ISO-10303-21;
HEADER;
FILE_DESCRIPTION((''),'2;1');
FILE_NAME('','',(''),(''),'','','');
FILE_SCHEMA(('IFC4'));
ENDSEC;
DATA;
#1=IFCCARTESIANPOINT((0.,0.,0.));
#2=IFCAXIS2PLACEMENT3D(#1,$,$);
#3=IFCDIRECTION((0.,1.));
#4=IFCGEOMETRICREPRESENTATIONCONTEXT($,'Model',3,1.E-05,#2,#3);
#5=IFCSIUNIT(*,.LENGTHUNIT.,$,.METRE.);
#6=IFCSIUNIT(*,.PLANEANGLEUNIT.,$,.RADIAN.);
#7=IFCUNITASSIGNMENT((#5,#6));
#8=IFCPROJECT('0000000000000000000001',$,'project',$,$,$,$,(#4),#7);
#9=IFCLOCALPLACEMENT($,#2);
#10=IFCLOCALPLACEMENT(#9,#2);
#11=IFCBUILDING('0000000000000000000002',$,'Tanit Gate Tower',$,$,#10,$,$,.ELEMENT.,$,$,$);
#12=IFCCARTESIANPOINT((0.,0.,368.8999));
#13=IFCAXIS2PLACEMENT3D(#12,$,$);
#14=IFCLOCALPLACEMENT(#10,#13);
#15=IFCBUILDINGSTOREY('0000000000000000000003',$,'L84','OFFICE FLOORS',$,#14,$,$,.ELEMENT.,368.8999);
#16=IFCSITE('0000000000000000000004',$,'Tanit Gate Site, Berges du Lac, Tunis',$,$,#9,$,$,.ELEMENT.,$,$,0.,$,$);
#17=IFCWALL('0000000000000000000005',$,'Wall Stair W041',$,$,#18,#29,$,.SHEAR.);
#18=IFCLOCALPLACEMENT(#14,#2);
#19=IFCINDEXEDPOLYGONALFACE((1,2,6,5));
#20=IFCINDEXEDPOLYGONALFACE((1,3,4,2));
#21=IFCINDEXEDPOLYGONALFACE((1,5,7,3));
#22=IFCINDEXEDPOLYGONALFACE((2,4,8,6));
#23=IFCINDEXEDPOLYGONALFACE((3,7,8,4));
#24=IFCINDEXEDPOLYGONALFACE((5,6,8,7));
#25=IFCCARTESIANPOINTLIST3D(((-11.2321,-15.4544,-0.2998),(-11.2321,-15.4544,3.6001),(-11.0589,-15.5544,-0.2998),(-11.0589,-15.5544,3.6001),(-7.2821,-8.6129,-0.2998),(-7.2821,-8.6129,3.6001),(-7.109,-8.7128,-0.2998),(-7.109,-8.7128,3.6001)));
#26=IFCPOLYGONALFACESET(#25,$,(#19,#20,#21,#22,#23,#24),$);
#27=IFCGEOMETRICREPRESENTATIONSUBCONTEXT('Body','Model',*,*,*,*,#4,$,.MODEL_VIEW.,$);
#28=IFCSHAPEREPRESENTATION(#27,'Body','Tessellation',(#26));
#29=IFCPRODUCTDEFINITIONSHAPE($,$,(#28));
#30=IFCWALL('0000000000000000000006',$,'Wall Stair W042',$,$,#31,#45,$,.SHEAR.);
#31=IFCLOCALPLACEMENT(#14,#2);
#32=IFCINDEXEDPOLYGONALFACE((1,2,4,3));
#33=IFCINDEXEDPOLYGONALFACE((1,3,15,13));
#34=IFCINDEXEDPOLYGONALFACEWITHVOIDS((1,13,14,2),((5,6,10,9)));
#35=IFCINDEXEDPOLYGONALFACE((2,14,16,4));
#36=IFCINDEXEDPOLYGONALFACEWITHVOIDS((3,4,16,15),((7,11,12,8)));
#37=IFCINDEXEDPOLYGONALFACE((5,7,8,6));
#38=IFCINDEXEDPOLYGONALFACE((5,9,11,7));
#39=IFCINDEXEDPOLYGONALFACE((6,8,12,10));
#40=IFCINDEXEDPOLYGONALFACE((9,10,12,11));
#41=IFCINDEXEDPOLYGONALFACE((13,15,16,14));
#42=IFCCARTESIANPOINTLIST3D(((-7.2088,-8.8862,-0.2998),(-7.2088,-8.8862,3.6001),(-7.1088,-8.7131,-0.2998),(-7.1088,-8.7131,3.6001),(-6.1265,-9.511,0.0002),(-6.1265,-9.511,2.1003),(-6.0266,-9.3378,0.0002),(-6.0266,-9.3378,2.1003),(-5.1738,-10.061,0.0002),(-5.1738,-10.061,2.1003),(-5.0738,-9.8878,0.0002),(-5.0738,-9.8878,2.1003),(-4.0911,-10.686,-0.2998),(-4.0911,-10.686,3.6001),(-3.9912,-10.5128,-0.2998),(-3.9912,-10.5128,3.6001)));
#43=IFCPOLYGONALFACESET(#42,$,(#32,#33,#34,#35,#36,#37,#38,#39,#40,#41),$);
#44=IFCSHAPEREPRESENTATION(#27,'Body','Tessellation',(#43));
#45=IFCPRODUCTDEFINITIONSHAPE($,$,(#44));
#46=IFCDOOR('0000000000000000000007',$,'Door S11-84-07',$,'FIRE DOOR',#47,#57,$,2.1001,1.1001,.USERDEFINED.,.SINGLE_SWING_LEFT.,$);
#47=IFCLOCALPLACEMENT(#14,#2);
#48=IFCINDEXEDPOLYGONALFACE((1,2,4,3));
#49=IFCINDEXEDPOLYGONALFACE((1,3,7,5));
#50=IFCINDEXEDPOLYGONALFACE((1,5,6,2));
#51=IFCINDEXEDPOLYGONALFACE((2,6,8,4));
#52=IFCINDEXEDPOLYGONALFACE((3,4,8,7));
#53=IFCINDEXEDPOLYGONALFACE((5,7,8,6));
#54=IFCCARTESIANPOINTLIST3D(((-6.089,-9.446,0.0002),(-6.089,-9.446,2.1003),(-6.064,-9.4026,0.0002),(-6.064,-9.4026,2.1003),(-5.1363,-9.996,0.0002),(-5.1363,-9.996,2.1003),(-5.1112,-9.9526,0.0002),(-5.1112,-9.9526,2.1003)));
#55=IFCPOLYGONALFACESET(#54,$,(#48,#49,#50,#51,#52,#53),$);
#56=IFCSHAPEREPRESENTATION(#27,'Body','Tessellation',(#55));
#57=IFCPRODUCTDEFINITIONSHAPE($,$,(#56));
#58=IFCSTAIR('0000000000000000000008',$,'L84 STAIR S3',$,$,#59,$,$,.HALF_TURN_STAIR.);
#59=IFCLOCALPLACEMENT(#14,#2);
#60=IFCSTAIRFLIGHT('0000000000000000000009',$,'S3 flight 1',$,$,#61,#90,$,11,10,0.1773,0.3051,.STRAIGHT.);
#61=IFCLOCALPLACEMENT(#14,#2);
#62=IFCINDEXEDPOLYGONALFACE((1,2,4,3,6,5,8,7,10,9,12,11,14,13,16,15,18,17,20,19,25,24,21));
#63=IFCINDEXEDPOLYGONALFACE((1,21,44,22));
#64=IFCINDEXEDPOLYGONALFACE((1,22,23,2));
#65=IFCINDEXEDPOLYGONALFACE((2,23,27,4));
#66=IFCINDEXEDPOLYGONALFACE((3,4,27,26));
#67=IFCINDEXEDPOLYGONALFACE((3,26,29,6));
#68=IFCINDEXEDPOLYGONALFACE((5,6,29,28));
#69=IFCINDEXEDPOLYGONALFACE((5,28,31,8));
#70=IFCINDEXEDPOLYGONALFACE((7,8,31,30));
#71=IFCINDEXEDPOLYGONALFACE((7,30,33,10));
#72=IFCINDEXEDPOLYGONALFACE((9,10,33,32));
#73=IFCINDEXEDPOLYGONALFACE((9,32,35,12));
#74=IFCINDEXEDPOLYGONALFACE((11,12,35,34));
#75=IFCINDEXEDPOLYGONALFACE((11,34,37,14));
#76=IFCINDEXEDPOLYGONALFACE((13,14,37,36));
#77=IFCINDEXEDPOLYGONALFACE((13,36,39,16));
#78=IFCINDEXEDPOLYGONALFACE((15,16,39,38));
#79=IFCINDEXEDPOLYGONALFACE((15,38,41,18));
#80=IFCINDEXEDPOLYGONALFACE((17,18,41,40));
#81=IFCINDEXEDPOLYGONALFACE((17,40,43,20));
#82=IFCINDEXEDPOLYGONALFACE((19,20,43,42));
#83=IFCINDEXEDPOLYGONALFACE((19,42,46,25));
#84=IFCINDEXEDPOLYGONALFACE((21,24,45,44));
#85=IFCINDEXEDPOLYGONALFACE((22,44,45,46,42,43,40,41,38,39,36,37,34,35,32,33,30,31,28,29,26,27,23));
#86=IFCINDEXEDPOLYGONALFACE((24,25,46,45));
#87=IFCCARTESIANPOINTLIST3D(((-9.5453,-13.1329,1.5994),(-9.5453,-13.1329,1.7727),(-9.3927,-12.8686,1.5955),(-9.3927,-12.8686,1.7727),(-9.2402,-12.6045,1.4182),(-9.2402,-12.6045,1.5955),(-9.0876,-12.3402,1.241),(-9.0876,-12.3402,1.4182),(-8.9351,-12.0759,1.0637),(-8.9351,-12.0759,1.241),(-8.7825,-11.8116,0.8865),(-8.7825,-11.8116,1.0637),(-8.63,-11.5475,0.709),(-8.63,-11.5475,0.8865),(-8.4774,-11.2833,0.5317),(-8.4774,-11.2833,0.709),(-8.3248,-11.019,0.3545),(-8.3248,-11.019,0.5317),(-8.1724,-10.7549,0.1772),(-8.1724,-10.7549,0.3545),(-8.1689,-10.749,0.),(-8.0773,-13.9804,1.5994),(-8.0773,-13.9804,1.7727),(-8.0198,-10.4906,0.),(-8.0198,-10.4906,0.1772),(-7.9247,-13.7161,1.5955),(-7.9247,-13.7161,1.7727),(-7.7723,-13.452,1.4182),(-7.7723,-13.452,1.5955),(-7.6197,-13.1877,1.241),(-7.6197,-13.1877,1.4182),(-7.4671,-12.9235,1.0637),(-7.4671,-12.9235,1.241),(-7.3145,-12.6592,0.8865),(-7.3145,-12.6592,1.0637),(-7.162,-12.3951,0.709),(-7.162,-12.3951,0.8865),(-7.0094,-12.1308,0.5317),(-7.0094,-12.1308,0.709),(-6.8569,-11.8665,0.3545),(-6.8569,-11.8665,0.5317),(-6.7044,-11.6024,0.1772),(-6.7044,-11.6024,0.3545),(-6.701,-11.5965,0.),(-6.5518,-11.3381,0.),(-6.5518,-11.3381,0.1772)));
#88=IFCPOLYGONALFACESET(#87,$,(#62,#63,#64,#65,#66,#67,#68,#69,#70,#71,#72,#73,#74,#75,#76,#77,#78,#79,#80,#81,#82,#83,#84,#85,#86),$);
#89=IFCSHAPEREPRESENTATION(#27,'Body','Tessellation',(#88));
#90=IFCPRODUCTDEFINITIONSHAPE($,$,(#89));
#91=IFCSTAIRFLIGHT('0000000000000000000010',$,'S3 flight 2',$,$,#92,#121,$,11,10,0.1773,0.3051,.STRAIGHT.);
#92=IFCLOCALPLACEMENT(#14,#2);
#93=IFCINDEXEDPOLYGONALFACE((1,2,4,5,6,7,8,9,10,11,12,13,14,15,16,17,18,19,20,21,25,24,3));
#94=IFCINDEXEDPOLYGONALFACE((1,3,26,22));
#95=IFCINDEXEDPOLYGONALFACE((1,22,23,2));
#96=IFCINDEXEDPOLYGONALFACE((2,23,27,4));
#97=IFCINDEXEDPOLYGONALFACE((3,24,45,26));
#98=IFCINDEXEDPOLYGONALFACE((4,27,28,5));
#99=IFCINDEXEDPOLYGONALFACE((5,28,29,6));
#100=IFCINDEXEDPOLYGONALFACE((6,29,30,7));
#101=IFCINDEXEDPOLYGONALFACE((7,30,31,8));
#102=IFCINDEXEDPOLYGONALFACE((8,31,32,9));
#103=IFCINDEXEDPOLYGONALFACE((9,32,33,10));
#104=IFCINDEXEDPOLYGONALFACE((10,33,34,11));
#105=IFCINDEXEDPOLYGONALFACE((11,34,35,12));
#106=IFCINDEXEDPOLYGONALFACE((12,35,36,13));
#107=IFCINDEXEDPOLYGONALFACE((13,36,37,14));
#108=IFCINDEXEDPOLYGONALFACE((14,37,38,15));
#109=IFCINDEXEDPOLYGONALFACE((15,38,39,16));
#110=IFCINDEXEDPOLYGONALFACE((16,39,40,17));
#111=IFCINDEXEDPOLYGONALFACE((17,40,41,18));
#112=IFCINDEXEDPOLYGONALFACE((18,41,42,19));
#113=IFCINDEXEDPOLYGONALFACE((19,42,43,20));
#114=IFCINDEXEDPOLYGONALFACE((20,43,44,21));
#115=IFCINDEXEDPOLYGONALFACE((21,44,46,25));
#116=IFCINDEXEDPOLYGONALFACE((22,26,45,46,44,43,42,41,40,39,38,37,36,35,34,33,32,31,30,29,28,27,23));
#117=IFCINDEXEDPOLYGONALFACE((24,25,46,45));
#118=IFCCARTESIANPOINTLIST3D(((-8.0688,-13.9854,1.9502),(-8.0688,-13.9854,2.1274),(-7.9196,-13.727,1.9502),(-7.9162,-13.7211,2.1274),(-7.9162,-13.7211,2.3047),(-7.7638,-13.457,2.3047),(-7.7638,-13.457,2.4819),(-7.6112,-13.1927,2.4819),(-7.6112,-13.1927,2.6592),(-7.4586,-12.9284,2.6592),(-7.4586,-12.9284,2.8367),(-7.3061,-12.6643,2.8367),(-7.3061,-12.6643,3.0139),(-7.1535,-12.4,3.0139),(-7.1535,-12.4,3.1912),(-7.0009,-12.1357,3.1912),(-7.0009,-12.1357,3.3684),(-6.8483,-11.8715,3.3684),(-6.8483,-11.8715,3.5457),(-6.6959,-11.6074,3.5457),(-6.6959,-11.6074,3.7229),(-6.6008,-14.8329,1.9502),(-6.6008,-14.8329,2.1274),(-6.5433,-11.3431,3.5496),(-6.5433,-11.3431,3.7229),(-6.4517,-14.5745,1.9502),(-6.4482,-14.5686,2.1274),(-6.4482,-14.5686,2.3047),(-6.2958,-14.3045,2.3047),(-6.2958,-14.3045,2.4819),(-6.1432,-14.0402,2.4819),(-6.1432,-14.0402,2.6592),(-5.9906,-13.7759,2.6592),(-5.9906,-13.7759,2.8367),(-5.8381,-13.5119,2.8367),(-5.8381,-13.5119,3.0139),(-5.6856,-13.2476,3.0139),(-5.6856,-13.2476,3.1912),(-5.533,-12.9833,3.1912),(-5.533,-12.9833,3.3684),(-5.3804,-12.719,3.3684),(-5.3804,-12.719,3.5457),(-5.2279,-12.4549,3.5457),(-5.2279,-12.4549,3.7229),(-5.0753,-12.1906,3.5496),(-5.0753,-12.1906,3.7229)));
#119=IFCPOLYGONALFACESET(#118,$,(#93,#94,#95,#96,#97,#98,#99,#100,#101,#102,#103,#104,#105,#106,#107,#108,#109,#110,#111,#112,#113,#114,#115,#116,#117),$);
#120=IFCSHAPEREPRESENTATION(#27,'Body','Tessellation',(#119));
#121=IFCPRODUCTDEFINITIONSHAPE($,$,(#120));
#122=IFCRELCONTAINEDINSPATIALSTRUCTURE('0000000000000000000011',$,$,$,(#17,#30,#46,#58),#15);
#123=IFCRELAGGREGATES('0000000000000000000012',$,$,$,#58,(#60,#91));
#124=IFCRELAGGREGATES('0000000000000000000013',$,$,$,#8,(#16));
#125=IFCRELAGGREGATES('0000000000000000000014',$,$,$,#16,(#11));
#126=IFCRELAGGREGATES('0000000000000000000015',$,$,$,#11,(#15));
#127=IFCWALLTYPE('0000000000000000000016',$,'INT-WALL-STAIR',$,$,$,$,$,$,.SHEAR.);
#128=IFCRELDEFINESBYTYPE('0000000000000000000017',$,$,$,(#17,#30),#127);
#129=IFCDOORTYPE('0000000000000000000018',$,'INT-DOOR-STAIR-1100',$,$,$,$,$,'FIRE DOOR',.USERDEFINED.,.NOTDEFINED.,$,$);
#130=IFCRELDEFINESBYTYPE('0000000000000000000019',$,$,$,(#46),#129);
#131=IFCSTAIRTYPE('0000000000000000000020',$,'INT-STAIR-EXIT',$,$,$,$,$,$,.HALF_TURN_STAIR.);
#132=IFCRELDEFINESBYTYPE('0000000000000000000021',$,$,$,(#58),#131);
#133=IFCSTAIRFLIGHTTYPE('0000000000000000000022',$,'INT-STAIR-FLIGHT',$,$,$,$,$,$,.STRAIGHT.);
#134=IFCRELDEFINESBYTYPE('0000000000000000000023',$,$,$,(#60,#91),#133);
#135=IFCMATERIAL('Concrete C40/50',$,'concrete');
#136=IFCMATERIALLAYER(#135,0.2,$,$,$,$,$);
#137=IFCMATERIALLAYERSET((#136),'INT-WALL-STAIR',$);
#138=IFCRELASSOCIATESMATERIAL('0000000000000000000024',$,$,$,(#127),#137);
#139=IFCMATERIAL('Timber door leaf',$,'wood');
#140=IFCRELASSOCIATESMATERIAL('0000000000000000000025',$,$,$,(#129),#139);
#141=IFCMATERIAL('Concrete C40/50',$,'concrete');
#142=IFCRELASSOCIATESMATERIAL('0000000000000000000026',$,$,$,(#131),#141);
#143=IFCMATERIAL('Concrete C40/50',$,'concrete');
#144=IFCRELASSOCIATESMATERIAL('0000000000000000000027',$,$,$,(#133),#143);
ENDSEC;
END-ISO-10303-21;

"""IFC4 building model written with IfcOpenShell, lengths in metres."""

from ifc_helpers import new_model, si_unit, direction, frame, frame_2d, origin, place, context, subcontext, project, spatial, polyline, rectangle, outline, extrude, material, layer, layer_set, type_object, element, fill, aggregate, save


model = new_model("IFC4")

# Units and contexts
model_context = context("Model", 3, precision=1e-05, world=origin(), true_north=direction((0.0, 1.0)))
body_context = subcontext(model_context, "Body", "Model", "MODEL_VIEW")
ifc_project = project(units=[si_unit("LENGTHUNIT", "METRE"), si_unit("PLANEANGLEUNIT", "RADIAN")], contexts=[model_context])

# Site, building, storey
site_placement = place(None, origin())
site = spatial("IfcSite", under=ifc_project, at=site_placement, Name="Tanit Gate Site, Berges du Lac, Tunis", CompositionType="ELEMENT", RefElevation=0.0)
building_placement = place(site_placement, origin())
building = spatial("IfcBuilding", under=site, at=building_placement, Name="Tanit Gate Tower", CompositionType="ELEMENT")
storey_placement = place(building_placement, frame((0.0, 0.0, 368.8999)))
storey = spatial("IfcBuildingStorey", under=building, at=storey_placement, Name="L84", Description="OFFICE FLOORS", CompositionType="ELEMENT", Elevation=368.8999)

# Wall
ifc_material_1 = material(Name="Concrete C40/50", Category="concrete")
ifc_layer_1 = layer(ifc_material_1, 0.2)
ifc_layer_set_1 = layer_set([ifc_layer_1], Name="INT-WALL-STAIR")
wall_type_1 = type_object("IfcWallType", Name="INT-WALL-STAIR", PredefinedType="SHEAR", material=ifc_layer_set_1)
wall_1_placement = place(storey_placement, frame((-7.1956, -8.6628, -0.2998), z_axis=(0.0, 0.0, 1.0), x_axis=(-0.499998, -0.866027, 0.0)))
element("IfcWall", 1, at=wall_1_placement, inside=storey, type_object=wall_type_1, Name="Wall Stair W041", PredefinedType="SHEAR", context=body_context, shape_type="SweptSolid", body=[
    extrude(rectangle(XDim=7.8999, YDim=0.2, at=frame_2d((3.95, 0.0))), origin(), (0.0, 0.0, 1.0), 3.8999),
])

# Wall, opening, door
wall_2_placement = place(storey_placement, frame((-4.0413, -10.5994, -0.2998), z_axis=(0.0, 0.0, 1.0), x_axis=(-0.866048, 0.499961, 0.0)))
wall_2 = element("IfcWall", 2, at=wall_2_placement, inside=storey, type_object=wall_type_1, Name="Wall Stair W042", PredefinedType="SHEAR", context=body_context, shape_type="SweptSolid", body=[
    extrude(rectangle(XDim=3.5999, YDim=0.2, at=frame_2d((1.7998, 0.0))), origin(), (0.0, 0.0, 1.0), 3.8999),
])
opening_1_placement = place(wall_2_placement, frame((1.25, 0.0, 0.3)))
opening_1 = element("IfcOpeningElement", 3, at=opening_1_placement, cuts=wall_2, PredefinedType="OPENING", context=body_context, shape_type="SweptSolid", body=[
    extrude(rectangle(XDim=1.1001, YDim=2.1001, at=frame_2d((0.55, 1.05))), frame((0.0, 0.1099, 0.0), z_axis=(0.0, -1.0, 0.0), x_axis=(1.0, 0.0, 0.0)), (0.0, 0.0, 1.0), 0.22),
])
ifc_material_2 = material(Name="Timber door leaf", Category="wood")
door_type_1 = type_object("IfcDoorType", Name="INT-DOOR-STAIR-1100", ElementType="FIRE DOOR", OperationType="NOTDEFINED", PredefinedType="USERDEFINED", material=ifc_material_2)
door_1_placement = place(opening_1_placement, origin())
door_1 = element("IfcDoor", 4, at=door_1_placement, inside=storey, type_object=door_type_1, Name="Door S11-84-07", ObjectType="FIRE DOOR", OperationType="SINGLE_SWING_LEFT", OverallHeight=2.1001, OverallWidth=1.1001, PredefinedType="USERDEFINED", context=body_context, shape_type="SweptSolid", body=[
    extrude(rectangle(XDim=1.1001, YDim=2.1001, at=frame_2d((0.55, 1.05))), frame((0.0, 0.0249, 0.0), z_axis=(0.0, -1.0, 0.0), x_axis=(1.0, 0.0, 0.0)), (0.0, 0.0, 1.0), 0.05),
])
fill(opening_1, door_1)

# Stair, stair flights
ifc_material_3 = material(Name="Concrete C40/50", Category="concrete")
stair_type = type_object("IfcStairType", Name="INT-STAIR-EXIT", PredefinedType="HALF_TURN_STAIR", material=ifc_material_3)
stair_placement = place(storey_placement, origin())
stair = element("IfcStair", 5, at=stair_placement, inside=storey, type_object=stair_type, Name="L84 STAIR S3", PredefinedType="HALF_TURN_STAIR")
ifc_material_4 = material(Name="Concrete C40/50", Category="concrete")
stair_flight_type = type_object("IfcStairFlightType", Name="INT-STAIR-FLIGHT", PredefinedType="STRAIGHT", material=ifc_material_4)
stair_flight_1_placement = place(storey_placement, frame((-7.2859, -10.9143, 0.0), z_axis=(0.0, 0.0, 1.0), x_axis=(-0.5, -0.866025, 0.0)))
stair_flight_1 = element("IfcStairFlight", 6, at=stair_flight_1_placement, type_object=stair_flight_type, Name="S3 flight 1", NumberOfRisers=11, NumberOfTreads=10, PredefinedType="STRAIGHT", RiserHeight=0.1773, TreadLength=0.3051, context=body_context, shape_type="SweptSolid", body=[
    extrude(outline(polyline([(0.0, 0.0), (0.0, 0.1772), (0.3052, 0.1772), (0.3052, 0.3545), (0.6101, 0.3545), (0.6101, 0.5317), (0.9153, 0.5317), (0.9153, 0.709), (1.2205, 0.709), (1.2205, 0.8865), (1.5254, 0.8865), (1.5254, 1.0637), (1.8306, 1.0637), (1.8306, 1.241), (2.1357, 1.241), (2.1357, 1.4182), (2.4409, 1.4182), (2.4409, 1.5955), (2.7458, 1.5955), (2.7458, 1.7727), (3.051, 1.7727), (3.051, 1.95), (3.051, 1.5994), (0.2983, 0.0), (0.0, 0.0)])), frame((0.0, 0.8477, 0.0), z_axis=(0.0, -1.0, 0.0), x_axis=(1.0, 0.0, 0.0)), (0.0, 0.0, 1.0), 1.6951),
])
stair_flight_2_placement = place(storey_placement, frame((-7.3347, -14.4092, 1.9502), z_axis=(0.0, 0.0, 1.0), x_axis=(0.5, 0.866025, 0.0)))
stair_flight_2 = element("IfcStairFlight", 7, at=stair_flight_2_placement, type_object=stair_flight_type, Name="S3 flight 2", NumberOfRisers=11, NumberOfTreads=10, PredefinedType="STRAIGHT", RiserHeight=0.1773, TreadLength=0.3051, context=body_context, shape_type="SweptSolid", body=[
    extrude(outline(polyline([(0.0, 0.0), (0.0, 0.1772), (0.3052, 0.1772), (0.3052, 0.3545), (0.6101, 0.3545), (0.6101, 0.5317), (0.9153, 0.5317), (0.9153, 0.709), (1.2205, 0.709), (1.2205, 0.8865), (1.5254, 0.8865), (1.5254, 1.0637), (1.8306, 1.0637), (1.8306, 1.241), (2.1357, 1.241), (2.1357, 1.4182), (2.4409, 1.4182), (2.4409, 1.5955), (2.7458, 1.5955), (2.7458, 1.7727), (3.051, 1.7727), (3.051, 1.95), (3.051, 1.5994), (0.2983, 0.0), (0.0, 0.0)])), frame((0.0, 0.8477, 0.0), z_axis=(0.0, -1.0, 0.0), x_axis=(1.0, 0.0, 0.0)), (0.0, 0.0, 1.0), 1.6951),
])
aggregate(stair, [stair_flight_1, stair_flight_2])

save(model, "model.ifc")
